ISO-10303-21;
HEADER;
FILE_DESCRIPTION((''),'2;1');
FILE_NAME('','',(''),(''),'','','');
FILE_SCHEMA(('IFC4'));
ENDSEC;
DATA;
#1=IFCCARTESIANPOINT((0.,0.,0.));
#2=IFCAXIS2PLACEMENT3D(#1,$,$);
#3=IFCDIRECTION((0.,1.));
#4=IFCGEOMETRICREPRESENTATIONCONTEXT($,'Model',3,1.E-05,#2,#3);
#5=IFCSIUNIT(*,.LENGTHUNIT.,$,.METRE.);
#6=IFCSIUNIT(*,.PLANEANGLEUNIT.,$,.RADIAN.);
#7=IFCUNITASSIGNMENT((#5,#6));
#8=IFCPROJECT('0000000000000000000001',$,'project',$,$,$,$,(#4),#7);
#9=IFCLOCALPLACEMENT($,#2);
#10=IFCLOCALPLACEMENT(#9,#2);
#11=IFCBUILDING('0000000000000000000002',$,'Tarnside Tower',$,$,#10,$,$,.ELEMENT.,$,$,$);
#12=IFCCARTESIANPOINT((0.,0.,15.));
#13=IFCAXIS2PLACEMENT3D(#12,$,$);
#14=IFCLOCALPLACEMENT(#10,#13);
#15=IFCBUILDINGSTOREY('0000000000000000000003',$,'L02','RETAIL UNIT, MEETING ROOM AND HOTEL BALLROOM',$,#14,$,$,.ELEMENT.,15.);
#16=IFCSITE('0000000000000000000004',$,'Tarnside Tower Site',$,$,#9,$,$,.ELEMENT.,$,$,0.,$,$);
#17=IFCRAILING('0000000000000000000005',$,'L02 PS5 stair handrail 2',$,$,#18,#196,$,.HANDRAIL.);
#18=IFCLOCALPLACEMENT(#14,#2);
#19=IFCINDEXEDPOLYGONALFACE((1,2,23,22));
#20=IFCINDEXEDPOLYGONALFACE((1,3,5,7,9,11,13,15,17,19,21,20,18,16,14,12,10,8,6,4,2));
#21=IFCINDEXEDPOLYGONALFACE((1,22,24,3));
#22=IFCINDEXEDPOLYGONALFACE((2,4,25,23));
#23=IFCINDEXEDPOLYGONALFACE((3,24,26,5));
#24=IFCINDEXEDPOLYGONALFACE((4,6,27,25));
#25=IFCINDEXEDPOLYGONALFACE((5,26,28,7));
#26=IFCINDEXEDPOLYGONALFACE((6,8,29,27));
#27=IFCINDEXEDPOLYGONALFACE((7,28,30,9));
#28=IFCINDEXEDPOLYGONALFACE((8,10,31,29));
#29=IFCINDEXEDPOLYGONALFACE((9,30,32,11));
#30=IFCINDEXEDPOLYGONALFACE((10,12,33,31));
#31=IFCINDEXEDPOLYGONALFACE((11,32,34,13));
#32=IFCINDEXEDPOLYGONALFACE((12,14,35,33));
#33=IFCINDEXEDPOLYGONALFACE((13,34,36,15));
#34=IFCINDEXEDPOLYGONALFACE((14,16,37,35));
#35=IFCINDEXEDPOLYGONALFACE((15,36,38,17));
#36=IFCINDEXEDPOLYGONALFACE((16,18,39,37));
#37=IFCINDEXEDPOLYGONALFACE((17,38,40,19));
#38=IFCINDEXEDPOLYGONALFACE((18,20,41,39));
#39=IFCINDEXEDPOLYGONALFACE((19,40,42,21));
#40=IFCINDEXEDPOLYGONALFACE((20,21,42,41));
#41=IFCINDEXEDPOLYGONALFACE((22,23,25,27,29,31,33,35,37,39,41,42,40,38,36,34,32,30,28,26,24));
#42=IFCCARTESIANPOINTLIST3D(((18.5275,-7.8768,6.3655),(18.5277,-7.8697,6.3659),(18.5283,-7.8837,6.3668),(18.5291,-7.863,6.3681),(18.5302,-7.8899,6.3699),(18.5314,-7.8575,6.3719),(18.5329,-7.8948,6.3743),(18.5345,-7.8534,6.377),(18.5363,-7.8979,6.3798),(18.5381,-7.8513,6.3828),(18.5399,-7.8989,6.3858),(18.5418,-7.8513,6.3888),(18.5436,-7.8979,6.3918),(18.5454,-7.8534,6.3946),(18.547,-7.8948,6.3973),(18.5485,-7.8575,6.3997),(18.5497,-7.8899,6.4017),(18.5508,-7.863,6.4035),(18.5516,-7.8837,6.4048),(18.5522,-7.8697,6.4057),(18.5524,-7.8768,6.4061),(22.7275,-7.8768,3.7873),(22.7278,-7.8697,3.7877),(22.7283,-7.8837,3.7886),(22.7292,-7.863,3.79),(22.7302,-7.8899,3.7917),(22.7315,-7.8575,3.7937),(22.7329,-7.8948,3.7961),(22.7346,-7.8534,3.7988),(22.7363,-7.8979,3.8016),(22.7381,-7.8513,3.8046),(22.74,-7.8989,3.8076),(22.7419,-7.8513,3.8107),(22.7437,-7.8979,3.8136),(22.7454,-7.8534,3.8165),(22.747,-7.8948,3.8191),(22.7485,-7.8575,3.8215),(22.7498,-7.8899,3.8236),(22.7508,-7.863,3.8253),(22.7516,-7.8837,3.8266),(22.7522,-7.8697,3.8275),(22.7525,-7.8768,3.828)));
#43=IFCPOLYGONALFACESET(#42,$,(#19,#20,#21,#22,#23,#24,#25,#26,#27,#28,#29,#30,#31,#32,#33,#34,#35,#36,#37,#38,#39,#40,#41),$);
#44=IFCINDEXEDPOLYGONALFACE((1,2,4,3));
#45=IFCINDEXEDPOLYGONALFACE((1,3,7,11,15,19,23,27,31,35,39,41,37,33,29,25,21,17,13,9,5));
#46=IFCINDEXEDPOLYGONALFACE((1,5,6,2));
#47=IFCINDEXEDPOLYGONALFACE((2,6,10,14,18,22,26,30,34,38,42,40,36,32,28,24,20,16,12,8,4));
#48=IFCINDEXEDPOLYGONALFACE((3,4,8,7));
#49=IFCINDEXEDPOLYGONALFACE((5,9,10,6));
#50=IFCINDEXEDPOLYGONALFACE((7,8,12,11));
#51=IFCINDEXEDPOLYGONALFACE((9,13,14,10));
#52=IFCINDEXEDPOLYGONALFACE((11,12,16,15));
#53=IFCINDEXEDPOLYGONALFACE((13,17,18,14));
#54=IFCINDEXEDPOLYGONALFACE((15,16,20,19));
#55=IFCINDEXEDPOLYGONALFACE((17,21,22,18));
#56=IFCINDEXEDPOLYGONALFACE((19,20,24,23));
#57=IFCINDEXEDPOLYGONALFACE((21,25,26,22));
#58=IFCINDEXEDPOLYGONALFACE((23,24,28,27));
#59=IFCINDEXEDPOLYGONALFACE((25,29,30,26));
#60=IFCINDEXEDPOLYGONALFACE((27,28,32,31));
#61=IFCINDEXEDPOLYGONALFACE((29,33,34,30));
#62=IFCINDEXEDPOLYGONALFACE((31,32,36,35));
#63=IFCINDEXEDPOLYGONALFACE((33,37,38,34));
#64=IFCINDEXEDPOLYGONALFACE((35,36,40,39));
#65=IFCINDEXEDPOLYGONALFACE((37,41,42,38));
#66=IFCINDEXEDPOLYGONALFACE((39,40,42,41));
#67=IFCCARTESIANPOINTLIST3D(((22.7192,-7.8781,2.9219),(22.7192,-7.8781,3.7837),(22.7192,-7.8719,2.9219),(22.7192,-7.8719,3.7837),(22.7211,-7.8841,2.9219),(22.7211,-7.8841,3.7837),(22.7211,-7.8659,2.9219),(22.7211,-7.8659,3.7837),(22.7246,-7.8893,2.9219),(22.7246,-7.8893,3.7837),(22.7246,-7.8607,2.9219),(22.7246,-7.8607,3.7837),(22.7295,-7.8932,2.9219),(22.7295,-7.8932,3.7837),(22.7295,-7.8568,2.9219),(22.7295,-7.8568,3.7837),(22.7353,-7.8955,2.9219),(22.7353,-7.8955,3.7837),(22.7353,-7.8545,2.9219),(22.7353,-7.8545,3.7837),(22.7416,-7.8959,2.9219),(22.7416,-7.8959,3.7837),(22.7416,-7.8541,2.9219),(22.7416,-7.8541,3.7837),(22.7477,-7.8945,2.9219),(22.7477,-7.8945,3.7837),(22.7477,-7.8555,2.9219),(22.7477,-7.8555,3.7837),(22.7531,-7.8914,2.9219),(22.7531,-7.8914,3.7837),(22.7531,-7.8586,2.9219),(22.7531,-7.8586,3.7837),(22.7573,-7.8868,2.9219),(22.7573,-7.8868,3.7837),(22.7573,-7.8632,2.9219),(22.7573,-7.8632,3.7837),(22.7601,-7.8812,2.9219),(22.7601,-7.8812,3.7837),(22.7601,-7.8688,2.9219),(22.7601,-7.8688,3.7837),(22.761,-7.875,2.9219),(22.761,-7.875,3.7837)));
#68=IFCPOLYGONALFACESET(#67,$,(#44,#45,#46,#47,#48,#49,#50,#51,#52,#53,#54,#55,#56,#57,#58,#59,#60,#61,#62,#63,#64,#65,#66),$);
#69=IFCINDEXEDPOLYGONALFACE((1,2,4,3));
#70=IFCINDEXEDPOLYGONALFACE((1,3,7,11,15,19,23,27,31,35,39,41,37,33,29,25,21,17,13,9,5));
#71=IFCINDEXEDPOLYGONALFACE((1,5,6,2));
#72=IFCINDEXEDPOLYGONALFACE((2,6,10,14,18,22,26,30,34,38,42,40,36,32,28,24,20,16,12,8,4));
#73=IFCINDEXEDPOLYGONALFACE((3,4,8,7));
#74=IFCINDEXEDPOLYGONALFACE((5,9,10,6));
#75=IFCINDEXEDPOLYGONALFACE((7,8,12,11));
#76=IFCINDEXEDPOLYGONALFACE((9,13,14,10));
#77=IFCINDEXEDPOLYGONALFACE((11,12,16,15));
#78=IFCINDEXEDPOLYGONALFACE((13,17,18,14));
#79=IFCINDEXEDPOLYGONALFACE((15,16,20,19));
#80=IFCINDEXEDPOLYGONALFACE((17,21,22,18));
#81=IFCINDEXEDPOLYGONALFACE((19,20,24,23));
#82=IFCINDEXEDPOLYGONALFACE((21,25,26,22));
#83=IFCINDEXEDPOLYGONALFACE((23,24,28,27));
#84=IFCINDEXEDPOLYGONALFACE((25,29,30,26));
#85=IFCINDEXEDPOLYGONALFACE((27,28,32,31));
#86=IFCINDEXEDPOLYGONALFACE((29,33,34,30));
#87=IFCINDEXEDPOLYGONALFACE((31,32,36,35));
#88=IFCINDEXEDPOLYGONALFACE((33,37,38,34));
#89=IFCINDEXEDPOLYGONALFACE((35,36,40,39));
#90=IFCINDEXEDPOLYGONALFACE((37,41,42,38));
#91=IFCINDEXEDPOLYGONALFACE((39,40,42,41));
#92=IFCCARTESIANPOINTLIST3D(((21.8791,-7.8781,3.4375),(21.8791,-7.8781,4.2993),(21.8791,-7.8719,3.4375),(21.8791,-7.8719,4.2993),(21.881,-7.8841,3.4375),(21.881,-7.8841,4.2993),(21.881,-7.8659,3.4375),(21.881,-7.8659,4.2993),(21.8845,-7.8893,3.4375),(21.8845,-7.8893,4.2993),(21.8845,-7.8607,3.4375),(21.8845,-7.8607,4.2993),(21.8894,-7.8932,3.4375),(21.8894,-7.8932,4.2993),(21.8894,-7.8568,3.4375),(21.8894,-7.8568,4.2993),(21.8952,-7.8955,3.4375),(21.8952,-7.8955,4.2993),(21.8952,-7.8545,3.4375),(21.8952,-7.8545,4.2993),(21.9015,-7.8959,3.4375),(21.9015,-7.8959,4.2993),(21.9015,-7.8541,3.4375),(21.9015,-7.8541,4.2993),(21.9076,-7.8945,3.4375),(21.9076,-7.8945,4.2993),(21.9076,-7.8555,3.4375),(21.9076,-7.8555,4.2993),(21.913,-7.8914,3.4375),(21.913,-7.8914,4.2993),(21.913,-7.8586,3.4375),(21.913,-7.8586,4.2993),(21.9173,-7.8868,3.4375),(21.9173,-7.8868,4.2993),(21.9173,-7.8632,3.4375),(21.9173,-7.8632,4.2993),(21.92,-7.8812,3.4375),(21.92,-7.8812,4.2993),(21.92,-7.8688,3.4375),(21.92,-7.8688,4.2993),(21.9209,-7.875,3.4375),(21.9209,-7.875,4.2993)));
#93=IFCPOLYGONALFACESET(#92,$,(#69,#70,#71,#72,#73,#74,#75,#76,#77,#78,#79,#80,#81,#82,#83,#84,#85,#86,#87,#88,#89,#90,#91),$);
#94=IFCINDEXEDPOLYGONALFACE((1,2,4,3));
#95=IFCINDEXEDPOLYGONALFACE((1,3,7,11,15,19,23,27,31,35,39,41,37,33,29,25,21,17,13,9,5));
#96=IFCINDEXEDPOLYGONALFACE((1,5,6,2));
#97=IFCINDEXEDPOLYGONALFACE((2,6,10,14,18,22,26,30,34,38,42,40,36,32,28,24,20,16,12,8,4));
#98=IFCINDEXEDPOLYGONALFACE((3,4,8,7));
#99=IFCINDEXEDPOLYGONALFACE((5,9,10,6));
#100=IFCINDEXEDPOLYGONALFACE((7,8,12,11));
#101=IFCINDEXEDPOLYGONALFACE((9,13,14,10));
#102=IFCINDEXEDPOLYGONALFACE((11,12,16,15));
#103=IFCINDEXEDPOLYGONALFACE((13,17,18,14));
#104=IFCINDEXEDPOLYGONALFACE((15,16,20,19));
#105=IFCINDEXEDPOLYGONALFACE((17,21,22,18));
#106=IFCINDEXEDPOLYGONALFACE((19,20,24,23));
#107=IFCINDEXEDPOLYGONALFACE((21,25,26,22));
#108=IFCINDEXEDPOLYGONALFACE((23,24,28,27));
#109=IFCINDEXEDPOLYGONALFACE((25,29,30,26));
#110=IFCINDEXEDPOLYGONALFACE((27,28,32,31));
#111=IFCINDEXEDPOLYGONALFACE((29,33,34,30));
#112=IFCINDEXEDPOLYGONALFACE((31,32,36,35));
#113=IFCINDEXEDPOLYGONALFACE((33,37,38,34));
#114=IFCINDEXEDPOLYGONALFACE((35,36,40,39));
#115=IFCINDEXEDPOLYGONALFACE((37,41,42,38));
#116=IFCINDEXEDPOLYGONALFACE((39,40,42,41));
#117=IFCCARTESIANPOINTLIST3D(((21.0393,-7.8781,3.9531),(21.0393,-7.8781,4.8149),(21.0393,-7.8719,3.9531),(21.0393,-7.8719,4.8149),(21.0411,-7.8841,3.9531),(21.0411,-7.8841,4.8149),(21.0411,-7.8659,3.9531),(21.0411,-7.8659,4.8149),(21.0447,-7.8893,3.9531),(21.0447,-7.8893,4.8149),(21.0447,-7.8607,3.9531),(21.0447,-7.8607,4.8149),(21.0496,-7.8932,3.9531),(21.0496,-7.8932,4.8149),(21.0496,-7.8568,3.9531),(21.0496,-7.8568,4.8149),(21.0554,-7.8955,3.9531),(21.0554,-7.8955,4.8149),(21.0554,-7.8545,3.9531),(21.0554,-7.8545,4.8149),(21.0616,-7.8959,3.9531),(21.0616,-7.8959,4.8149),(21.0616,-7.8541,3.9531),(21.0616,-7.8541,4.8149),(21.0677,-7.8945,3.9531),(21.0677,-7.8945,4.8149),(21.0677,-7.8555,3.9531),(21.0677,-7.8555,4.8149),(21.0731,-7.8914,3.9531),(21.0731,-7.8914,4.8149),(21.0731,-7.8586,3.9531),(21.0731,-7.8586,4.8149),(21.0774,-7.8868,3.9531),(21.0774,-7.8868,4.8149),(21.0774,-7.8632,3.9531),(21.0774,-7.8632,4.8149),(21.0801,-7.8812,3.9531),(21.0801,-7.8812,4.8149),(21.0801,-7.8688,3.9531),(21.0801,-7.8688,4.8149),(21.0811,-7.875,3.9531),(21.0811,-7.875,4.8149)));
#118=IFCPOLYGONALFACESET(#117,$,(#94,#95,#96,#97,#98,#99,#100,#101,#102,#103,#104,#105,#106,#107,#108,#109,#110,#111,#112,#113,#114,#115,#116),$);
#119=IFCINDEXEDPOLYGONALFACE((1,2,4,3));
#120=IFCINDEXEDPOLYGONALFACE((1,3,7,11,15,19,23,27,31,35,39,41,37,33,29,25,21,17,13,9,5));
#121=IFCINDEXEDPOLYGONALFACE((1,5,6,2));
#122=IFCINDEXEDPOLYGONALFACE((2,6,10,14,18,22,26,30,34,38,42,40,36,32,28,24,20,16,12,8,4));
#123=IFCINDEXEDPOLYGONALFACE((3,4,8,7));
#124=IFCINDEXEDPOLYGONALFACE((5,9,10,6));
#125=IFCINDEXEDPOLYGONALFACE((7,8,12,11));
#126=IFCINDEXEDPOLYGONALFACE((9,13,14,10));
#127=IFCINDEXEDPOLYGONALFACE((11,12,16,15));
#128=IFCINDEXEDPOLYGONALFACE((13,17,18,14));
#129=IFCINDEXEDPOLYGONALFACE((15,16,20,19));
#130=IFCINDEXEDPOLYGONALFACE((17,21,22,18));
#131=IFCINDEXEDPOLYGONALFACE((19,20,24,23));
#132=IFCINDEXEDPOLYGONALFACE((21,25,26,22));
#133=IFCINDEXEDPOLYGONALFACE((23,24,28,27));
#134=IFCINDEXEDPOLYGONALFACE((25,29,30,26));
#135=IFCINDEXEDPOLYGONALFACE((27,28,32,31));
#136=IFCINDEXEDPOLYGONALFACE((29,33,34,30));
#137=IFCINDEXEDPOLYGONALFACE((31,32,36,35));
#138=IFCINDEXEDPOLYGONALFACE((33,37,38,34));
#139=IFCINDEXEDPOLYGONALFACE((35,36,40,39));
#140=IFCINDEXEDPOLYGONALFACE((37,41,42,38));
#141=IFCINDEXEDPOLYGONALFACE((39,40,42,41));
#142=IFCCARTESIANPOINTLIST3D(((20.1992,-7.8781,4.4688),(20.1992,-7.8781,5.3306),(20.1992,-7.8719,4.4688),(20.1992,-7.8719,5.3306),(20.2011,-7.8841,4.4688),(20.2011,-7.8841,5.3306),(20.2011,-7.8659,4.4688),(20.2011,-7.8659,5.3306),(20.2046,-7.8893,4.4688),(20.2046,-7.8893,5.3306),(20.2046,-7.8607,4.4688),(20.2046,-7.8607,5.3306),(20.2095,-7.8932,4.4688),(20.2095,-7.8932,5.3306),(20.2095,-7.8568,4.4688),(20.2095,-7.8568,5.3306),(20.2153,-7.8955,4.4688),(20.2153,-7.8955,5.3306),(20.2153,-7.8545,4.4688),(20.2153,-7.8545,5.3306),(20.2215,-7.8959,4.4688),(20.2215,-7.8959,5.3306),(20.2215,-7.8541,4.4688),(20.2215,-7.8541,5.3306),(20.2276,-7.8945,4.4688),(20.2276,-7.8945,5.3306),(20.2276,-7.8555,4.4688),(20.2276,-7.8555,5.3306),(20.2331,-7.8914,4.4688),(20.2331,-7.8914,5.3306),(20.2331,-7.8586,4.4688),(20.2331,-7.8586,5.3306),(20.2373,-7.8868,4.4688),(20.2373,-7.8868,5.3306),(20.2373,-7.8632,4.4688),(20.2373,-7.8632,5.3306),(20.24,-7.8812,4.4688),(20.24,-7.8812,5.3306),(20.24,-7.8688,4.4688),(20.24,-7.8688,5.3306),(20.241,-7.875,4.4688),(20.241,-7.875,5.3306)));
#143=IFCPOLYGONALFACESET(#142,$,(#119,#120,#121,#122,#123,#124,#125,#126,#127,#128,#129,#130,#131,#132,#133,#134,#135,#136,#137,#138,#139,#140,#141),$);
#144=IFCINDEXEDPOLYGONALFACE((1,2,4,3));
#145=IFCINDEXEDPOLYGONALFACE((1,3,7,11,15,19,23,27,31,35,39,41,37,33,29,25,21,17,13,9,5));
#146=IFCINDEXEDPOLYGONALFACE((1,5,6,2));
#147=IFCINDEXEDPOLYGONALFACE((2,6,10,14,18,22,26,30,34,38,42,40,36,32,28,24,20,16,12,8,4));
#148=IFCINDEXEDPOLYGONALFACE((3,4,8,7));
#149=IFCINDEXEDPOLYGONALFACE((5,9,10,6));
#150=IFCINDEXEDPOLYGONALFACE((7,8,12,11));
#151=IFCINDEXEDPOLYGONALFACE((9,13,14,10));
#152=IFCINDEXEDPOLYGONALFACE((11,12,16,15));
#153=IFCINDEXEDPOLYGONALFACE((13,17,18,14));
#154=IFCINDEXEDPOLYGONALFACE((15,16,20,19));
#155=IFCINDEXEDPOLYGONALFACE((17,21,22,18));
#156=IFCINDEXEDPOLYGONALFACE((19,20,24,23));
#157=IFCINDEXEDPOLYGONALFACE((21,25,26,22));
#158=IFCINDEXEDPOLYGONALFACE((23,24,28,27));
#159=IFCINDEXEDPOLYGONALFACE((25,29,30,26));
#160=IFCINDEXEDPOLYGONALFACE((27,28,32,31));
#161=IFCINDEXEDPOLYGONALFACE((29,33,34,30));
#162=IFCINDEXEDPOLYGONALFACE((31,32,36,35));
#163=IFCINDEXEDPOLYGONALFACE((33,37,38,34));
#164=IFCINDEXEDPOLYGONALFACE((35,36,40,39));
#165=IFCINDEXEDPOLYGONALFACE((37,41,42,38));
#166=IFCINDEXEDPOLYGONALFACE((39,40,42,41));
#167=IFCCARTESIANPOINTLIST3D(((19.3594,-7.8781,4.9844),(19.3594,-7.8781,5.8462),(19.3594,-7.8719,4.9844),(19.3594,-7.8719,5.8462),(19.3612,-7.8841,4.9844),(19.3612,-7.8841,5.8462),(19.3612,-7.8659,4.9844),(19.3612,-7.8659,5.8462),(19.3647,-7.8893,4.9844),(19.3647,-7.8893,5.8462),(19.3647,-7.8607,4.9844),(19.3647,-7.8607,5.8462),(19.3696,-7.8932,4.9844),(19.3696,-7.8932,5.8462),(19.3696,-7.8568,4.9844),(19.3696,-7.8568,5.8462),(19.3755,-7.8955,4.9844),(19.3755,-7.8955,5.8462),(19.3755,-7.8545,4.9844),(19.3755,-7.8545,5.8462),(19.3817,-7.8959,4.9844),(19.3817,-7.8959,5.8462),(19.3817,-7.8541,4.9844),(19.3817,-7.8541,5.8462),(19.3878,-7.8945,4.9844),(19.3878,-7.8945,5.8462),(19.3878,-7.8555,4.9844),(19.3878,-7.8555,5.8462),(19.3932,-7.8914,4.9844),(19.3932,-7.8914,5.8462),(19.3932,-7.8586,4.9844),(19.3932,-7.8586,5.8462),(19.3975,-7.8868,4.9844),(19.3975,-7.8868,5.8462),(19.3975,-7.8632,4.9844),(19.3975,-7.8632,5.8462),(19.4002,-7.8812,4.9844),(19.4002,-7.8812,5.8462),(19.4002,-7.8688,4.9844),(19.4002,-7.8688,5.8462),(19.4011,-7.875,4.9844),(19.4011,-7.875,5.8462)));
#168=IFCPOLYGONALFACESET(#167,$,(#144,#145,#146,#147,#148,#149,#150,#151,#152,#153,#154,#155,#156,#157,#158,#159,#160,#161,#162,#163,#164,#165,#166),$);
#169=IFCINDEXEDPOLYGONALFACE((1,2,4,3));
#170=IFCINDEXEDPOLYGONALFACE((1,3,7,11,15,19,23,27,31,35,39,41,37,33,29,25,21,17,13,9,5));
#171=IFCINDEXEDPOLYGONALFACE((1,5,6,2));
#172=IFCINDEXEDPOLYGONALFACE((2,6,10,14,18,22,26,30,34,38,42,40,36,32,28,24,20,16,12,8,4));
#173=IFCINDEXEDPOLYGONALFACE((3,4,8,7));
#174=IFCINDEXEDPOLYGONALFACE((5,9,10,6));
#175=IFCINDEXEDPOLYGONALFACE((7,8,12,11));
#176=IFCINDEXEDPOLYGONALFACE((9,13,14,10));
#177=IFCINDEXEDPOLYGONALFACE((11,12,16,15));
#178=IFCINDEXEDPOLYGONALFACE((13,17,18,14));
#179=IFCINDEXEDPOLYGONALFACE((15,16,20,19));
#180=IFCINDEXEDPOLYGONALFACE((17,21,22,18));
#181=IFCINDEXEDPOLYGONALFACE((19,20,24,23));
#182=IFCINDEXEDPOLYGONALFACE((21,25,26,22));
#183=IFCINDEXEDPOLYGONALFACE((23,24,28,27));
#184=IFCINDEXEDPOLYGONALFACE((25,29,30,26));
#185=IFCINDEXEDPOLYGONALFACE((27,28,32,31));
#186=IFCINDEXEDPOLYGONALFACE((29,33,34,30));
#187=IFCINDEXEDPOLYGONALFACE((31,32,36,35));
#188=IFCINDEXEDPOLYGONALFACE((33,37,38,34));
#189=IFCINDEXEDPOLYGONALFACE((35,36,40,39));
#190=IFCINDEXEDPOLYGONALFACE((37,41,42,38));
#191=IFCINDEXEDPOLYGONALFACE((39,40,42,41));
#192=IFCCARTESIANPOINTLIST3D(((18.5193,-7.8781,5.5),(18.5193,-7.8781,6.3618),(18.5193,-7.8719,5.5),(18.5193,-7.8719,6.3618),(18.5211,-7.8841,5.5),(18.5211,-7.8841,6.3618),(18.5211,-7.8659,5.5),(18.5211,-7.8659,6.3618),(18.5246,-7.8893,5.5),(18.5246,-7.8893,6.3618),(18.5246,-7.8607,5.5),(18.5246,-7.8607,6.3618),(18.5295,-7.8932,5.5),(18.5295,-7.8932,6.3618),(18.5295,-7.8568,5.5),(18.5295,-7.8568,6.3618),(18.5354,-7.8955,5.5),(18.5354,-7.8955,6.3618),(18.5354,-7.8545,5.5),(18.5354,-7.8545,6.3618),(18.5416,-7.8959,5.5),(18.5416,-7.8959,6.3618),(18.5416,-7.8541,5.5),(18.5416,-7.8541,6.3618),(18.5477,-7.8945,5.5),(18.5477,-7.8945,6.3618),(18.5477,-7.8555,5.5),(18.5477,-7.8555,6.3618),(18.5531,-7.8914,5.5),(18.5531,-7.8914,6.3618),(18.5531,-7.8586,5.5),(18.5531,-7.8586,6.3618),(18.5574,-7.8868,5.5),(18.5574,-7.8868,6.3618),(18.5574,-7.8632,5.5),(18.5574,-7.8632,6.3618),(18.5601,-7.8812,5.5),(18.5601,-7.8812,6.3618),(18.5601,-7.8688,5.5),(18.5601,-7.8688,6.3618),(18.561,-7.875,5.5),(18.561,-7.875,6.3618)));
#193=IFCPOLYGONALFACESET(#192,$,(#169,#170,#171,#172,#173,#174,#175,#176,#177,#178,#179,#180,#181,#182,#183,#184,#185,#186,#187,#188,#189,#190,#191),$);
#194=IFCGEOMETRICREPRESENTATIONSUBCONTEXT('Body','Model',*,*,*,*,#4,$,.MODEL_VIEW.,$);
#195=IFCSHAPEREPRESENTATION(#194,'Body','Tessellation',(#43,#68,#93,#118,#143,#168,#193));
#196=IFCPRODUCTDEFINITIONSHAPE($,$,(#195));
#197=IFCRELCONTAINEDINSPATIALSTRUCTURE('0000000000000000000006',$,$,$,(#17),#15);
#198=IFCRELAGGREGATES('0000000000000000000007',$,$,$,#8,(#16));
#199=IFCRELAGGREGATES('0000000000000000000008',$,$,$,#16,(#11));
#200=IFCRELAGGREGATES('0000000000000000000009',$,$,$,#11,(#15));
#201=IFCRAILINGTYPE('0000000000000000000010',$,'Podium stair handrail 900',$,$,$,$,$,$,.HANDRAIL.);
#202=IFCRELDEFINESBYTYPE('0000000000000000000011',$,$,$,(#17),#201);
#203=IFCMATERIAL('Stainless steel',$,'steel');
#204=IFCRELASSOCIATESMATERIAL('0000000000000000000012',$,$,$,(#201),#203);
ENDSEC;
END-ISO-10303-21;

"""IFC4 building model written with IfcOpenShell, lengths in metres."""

from ifc_helpers import new_model, si_unit, direction, frame, origin, origin_2d, place, context, subcontext, project, spatial, circle, extrude, material, type_object, element, save


model = new_model("IFC4")

# Units and contexts
model_context = context("Model", 3, precision=1e-05, world=origin(), true_north=direction((0.0, 1.0)))
body_context = subcontext(model_context, "Body", "Model", "MODEL_VIEW")
ifc_project = project(units=[si_unit("LENGTHUNIT", "METRE"), si_unit("PLANEANGLEUNIT", "RADIAN")], contexts=[model_context])

# Site, building, storey
site_placement = place(None, origin())
site = spatial("IfcSite", under=ifc_project, at=site_placement, Name="Tarnside Tower Site", CompositionType="ELEMENT", RefElevation=0.0)
building_placement = place(site_placement, origin())
building = spatial("IfcBuilding", under=site, at=building_placement, Name="Tarnside Tower", CompositionType="ELEMENT")
storey_placement = place(building_placement, frame((0.0, 0.0, 15.0)))
storey = spatial("IfcBuildingStorey", under=building, at=storey_placement, Name="L02", Description="RETAIL UNIT, MEETING ROOM AND HOTEL BALLROOM", CompositionType="ELEMENT", Elevation=15.0)

# Railing
ifc_material_1 = material(Name="Stainless steel", Category="steel")
railing_type_1 = type_object("IfcRailingType", Name="Podium stair handrail 900", PredefinedType="HANDRAIL", material=ifc_material_1)
railing_1_placement = place(storey_placement, frame((22.74, -7.875, 2.9219)))
element("IfcRailing", 1, at=railing_1_placement, inside=storey, type_object=railing_type_1, Name="L02 PS5 stair handrail 2", PredefinedType="HANDRAIL", context=body_context, shape_type="SweptSolid", body=[
    extrude(circle(Radius=0.0239, at=origin_2d()), frame((0.0, 0.0, 0.8857), z_axis=(-0.852243, 0.0, 0.523146), x_axis=(0.0, -1.0, 0.0)), (0.0, 0.0, 1.0), 4.9282),
    extrude(circle(Radius=0.021, at=origin_2d()), origin(), (0.0, 0.0, 1.0), 0.8618),
    extrude(circle(Radius=0.021, at=origin_2d()), frame((-0.8401, 0.0, 0.5156)), (0.0, 0.0, 1.0), 0.8618),
    extrude(circle(Radius=0.021, at=origin_2d()), frame((-1.6799, 0.0, 1.0312)), (0.0, 0.0, 1.0), 0.8618),
    extrude(circle(Radius=0.021, at=origin_2d()), frame((-2.52, 0.0, 1.5469)), (0.0, 0.0, 1.0), 0.8618),
    extrude(circle(Radius=0.021, at=origin_2d()), frame((-3.3599, 0.0, 2.0625)), (0.0, 0.0, 1.0), 0.8618),
    extrude(circle(Radius=0.021, at=origin_2d()), frame((-4.2, 0.0, 2.5781)), (0.0, 0.0, 1.0), 0.8618),
])

save(model, "model.ifc")
